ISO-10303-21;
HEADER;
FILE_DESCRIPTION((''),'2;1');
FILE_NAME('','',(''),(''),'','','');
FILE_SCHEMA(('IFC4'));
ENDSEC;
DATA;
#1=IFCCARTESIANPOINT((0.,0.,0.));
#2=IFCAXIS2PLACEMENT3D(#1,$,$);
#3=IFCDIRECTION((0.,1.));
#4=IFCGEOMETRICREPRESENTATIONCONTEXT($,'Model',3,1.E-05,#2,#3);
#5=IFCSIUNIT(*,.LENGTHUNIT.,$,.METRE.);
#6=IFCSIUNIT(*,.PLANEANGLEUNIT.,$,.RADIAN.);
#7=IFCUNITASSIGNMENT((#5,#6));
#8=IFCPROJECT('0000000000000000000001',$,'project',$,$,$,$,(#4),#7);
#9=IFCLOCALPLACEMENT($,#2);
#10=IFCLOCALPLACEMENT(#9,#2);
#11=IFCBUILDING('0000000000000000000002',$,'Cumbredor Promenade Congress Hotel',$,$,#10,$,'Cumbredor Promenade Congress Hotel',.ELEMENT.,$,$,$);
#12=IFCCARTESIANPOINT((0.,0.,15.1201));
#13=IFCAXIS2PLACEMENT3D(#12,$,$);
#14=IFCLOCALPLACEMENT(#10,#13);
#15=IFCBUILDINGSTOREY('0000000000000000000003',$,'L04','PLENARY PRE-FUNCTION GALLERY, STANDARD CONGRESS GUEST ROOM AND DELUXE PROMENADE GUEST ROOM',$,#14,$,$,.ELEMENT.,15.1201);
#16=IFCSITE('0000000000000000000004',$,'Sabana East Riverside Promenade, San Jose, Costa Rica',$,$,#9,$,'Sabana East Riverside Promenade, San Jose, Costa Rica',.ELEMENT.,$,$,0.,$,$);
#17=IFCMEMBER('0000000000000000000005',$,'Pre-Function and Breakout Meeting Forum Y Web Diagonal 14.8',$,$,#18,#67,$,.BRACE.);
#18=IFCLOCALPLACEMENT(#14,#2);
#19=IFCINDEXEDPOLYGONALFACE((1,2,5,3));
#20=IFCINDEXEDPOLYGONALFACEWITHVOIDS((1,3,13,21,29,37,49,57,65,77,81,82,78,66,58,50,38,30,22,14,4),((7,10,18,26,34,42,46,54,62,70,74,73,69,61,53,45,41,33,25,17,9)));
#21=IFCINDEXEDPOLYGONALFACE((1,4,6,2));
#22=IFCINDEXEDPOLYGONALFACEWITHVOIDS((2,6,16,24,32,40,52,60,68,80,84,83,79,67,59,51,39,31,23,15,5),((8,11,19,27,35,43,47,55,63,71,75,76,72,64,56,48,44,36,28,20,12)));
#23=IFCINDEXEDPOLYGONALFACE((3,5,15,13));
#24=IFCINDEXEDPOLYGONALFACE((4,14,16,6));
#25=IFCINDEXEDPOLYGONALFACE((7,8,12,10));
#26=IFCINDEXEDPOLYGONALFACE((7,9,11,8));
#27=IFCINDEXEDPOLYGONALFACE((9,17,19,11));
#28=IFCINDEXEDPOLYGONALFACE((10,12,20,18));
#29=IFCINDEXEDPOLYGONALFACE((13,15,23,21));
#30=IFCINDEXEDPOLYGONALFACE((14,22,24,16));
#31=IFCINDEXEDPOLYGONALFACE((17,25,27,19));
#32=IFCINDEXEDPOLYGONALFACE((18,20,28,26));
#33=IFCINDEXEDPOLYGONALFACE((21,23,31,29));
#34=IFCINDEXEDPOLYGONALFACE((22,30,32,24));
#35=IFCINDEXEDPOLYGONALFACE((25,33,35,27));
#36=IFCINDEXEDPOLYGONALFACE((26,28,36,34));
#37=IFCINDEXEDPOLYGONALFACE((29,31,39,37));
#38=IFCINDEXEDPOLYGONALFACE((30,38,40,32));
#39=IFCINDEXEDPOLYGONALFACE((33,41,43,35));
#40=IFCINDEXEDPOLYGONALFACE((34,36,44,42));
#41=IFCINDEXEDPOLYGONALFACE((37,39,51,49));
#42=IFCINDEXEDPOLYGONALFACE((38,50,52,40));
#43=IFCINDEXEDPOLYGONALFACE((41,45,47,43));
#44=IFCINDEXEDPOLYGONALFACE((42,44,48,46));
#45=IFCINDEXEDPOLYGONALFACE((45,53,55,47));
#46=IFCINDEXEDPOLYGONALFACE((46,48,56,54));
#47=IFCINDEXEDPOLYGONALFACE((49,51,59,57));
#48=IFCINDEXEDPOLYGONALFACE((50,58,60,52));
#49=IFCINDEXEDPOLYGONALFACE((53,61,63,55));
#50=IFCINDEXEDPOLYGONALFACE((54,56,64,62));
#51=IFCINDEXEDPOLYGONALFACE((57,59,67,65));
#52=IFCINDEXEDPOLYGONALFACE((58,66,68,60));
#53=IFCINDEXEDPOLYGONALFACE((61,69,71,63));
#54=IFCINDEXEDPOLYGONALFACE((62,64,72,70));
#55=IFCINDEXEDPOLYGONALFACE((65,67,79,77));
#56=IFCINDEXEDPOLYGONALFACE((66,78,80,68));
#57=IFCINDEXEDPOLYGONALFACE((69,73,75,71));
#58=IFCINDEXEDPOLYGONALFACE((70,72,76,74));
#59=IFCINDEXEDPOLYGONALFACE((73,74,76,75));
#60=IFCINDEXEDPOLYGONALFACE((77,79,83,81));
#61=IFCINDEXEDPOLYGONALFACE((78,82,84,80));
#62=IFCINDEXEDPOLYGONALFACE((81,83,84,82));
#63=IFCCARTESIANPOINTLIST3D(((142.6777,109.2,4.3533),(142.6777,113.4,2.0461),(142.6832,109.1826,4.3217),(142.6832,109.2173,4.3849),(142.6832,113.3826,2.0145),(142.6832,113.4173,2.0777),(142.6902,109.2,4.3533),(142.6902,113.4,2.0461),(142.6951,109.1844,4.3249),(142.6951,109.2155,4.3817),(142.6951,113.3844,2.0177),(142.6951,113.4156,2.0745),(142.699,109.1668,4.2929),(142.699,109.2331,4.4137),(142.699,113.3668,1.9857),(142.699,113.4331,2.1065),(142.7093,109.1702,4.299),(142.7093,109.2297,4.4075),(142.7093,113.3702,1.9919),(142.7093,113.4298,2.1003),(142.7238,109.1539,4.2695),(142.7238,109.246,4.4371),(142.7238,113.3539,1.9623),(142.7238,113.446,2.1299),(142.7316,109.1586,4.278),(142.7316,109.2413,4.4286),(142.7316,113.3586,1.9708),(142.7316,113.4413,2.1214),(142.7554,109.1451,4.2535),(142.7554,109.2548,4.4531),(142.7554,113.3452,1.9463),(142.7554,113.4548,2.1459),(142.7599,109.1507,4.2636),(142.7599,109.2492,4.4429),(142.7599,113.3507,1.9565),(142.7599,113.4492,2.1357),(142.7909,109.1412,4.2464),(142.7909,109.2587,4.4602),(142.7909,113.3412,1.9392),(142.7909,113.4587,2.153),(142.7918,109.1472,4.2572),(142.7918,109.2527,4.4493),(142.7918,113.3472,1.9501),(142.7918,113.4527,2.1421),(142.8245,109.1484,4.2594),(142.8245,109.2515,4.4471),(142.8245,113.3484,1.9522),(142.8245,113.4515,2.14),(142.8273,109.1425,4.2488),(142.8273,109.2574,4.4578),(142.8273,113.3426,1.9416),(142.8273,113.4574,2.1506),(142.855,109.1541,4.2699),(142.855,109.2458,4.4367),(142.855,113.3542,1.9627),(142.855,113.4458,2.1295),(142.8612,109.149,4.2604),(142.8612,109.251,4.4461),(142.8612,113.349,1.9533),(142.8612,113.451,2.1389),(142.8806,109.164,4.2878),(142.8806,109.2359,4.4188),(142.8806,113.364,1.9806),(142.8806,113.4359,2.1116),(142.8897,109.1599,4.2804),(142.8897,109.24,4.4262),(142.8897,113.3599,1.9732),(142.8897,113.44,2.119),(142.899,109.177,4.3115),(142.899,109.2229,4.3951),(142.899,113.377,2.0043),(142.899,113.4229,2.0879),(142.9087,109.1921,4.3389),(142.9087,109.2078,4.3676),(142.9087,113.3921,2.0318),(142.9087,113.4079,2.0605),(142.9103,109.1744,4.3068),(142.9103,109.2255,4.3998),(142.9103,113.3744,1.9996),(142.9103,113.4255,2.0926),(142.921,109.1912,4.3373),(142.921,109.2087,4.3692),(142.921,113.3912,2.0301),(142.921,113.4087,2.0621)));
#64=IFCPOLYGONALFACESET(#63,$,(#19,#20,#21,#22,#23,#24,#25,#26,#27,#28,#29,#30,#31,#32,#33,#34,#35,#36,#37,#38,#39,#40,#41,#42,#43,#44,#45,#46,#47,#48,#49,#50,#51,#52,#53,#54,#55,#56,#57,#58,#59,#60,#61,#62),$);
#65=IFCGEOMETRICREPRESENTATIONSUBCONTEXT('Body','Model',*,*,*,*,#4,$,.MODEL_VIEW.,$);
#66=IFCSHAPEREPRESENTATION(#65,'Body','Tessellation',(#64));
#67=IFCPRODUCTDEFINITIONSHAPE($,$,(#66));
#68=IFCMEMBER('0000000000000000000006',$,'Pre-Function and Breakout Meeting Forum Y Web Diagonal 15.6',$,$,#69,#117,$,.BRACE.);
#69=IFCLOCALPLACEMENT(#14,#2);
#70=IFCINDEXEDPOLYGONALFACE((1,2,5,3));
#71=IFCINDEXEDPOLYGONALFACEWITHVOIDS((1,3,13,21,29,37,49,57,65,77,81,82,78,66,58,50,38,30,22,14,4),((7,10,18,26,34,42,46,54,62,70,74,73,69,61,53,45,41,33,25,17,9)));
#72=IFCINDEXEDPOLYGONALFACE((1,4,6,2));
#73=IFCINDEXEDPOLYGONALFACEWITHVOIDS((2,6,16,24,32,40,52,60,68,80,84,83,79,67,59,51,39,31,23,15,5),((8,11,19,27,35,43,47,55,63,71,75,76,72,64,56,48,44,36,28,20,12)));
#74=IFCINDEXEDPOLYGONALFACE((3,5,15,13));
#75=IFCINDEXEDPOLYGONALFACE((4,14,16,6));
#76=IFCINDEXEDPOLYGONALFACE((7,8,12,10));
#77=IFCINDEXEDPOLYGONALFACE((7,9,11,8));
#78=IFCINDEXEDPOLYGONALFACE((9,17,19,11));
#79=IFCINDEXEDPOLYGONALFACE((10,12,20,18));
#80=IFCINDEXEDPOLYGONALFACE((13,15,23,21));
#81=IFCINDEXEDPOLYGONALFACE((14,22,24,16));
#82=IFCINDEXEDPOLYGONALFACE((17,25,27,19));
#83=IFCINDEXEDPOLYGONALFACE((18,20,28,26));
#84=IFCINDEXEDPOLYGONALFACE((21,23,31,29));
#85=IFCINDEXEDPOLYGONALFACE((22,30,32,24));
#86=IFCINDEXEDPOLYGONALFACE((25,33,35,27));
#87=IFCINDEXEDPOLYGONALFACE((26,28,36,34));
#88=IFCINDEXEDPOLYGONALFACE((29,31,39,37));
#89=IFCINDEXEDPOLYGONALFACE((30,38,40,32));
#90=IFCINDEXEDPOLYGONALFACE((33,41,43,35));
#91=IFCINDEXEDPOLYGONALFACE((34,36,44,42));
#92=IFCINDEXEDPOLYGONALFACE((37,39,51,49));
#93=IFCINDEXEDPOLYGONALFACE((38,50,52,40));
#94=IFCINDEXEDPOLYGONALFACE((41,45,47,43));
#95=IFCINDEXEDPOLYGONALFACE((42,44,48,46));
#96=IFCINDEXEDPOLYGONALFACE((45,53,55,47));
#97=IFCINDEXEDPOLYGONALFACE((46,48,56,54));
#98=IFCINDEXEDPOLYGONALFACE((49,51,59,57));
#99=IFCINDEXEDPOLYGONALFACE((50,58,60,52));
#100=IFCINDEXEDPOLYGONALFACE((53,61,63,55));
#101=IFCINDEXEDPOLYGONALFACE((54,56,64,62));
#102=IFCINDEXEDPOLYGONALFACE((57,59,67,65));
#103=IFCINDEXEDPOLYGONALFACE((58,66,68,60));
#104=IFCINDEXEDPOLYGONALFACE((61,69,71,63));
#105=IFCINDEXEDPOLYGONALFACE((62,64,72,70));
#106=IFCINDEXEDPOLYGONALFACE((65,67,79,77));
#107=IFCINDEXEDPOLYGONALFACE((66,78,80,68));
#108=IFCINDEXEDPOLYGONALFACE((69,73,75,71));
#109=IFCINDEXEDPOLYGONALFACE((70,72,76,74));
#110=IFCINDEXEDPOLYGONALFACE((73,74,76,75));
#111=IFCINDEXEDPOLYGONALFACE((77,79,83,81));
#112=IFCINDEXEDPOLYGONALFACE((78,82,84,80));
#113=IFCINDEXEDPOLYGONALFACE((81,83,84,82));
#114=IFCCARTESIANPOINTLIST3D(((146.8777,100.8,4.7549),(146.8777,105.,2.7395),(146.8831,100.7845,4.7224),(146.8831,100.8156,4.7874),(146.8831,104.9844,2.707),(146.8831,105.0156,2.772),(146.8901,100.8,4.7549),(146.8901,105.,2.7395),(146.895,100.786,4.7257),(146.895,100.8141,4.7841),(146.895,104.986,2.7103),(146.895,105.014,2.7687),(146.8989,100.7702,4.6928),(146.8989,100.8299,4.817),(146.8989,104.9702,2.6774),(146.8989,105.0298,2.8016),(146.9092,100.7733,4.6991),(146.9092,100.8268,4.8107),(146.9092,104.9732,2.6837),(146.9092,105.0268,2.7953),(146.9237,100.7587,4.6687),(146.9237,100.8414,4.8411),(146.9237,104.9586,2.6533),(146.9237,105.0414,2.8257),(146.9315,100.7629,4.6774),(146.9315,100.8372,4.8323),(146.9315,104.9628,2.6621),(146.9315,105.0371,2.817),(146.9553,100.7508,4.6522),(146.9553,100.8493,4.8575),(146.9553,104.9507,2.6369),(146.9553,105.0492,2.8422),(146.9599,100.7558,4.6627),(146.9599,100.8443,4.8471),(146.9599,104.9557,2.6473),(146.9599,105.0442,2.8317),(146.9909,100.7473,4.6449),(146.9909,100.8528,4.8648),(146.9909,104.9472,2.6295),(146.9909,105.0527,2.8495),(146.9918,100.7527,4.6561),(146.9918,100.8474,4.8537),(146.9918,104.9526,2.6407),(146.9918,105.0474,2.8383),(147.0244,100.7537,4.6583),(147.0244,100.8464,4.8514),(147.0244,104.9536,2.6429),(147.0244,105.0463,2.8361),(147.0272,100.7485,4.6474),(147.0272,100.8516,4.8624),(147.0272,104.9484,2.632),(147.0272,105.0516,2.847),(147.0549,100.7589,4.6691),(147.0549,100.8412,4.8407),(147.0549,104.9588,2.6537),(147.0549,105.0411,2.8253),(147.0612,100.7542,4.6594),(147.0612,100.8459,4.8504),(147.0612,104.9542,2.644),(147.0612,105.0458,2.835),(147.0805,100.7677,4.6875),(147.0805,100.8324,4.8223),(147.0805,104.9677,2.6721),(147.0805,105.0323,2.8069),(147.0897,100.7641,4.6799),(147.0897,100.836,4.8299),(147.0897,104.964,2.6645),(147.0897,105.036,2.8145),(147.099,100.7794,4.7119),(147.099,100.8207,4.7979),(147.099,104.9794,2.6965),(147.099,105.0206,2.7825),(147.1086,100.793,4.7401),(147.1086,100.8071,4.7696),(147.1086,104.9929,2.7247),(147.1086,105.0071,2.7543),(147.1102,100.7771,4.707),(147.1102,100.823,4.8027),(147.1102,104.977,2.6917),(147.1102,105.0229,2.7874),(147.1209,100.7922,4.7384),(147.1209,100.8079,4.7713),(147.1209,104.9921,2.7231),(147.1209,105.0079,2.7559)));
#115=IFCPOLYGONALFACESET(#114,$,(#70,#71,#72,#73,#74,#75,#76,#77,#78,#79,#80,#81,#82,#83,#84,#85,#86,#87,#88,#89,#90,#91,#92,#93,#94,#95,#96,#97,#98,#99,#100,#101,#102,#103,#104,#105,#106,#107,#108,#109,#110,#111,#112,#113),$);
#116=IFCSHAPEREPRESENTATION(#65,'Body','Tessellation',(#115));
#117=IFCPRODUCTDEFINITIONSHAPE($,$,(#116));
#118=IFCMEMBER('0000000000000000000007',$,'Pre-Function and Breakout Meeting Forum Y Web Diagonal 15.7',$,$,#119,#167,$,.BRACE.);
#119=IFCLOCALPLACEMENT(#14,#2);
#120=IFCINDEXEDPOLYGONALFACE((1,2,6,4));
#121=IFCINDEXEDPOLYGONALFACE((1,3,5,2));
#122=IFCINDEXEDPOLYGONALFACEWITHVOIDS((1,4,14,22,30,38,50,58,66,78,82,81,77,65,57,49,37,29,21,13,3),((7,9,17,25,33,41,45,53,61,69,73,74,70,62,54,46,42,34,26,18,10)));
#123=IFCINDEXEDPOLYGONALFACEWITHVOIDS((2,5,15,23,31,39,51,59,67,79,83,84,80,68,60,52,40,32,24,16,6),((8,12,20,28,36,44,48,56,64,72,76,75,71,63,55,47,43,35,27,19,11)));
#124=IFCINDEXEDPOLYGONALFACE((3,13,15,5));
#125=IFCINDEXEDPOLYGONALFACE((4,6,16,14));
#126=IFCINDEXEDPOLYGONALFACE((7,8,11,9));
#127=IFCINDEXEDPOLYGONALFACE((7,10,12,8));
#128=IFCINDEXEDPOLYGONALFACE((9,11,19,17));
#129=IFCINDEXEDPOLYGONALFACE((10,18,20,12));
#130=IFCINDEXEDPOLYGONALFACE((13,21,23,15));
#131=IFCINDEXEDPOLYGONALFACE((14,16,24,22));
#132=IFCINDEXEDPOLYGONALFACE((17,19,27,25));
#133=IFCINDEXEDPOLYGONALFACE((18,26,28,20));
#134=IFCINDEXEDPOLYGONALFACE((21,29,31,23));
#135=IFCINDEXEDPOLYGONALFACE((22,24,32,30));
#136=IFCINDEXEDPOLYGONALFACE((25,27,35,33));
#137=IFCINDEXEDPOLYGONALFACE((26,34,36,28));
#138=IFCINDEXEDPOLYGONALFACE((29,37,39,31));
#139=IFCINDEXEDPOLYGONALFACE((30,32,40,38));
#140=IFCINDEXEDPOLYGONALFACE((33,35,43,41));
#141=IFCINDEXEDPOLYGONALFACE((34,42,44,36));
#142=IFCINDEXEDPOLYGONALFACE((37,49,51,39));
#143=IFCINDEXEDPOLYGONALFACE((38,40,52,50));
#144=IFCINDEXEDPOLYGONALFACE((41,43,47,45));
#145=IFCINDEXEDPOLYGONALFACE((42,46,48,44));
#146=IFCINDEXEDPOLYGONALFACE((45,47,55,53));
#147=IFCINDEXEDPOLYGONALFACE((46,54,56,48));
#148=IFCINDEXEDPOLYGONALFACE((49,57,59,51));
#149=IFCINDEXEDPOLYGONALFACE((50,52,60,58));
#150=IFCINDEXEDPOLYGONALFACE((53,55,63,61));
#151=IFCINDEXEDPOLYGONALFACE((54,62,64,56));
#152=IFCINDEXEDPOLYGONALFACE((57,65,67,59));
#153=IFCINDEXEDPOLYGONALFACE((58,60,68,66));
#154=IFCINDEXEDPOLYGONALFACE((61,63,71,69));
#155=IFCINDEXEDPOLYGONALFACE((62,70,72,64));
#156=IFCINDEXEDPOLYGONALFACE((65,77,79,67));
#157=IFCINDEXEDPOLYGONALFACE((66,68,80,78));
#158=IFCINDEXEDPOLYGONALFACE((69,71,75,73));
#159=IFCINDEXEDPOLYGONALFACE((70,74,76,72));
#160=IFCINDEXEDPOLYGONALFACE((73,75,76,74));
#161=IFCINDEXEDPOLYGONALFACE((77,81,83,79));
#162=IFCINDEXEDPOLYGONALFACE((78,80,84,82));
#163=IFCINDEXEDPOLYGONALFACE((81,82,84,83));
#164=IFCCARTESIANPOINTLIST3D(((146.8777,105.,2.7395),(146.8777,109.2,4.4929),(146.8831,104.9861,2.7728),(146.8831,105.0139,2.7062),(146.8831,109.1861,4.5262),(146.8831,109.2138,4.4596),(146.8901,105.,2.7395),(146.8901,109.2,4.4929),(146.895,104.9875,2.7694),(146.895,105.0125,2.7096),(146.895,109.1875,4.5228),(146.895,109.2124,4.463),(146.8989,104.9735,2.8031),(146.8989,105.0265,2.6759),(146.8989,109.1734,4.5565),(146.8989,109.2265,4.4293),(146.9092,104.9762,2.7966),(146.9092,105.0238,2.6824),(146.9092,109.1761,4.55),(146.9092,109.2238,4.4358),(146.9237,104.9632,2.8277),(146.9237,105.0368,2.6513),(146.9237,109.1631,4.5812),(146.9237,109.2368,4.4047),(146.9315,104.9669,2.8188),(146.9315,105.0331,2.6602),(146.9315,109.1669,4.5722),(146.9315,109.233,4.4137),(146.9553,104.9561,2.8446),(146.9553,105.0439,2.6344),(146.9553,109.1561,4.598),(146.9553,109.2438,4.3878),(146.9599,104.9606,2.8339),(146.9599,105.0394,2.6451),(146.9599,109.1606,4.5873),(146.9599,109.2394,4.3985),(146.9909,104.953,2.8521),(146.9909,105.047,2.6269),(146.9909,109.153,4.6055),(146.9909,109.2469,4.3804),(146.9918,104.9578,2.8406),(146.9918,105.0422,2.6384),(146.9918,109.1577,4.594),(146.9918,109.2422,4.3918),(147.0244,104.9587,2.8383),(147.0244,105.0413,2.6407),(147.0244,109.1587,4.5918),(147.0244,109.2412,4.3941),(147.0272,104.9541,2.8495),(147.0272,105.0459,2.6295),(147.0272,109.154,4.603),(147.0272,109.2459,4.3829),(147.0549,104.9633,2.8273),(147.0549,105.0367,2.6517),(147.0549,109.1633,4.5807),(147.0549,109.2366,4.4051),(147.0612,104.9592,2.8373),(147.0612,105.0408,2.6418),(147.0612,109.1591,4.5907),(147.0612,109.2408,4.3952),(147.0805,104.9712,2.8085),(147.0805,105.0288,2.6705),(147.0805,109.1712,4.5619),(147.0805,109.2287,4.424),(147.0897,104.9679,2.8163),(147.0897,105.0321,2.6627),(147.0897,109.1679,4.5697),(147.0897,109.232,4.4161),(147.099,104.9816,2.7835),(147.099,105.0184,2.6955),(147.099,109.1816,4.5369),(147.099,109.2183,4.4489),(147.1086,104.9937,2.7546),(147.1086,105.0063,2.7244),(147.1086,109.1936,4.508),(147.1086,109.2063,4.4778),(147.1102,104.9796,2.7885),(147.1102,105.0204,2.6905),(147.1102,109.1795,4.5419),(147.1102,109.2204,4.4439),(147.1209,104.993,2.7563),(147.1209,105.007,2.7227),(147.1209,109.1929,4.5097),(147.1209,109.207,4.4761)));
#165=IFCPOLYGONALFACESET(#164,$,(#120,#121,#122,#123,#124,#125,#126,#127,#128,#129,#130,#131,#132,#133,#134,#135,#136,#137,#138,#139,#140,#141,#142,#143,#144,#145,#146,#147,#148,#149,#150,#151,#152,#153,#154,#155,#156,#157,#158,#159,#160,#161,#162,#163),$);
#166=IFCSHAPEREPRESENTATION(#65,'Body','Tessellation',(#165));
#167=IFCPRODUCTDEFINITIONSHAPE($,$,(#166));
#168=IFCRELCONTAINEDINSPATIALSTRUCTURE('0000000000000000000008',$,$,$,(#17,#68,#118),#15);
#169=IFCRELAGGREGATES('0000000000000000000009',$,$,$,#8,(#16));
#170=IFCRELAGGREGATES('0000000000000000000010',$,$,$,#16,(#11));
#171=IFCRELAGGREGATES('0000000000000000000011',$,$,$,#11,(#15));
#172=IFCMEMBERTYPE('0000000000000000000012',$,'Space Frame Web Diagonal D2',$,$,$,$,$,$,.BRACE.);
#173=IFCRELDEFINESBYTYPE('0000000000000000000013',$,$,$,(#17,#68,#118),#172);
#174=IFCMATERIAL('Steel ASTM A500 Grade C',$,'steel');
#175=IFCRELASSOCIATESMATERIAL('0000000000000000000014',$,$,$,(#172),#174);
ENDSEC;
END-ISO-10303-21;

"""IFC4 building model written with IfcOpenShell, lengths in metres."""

from ifc_helpers import new_model, si_unit, direction, frame, origin, origin_2d, place, context, subcontext, project, spatial, hollow_circle, extrude, material, material_profile, profile_set, type_object, element, save


model = new_model("IFC4")

# Units and contexts
model_context = context("Model", 3, precision=1e-05, world=origin(), true_north=direction((0.0, 1.0)))
body_context = subcontext(model_context, "Body", "Model", "MODEL_VIEW")
ifc_project = project(units=[si_unit("LENGTHUNIT", "METRE"), si_unit("PLANEANGLEUNIT", "RADIAN")], contexts=[model_context])

# Site, building, storey
site_placement = place(None, origin())
site = spatial("IfcSite", under=ifc_project, at=site_placement, Name="Sabana East Riverside Promenade, San Jose, Costa Rica", LongName="Sabana East Riverside Promenade, San Jose, Costa Rica", CompositionType="ELEMENT", RefElevation=0.0)
building_placement = place(site_placement, origin())
building = spatial("IfcBuilding", under=site, at=building_placement, Name="Cumbredor Promenade Congress Hotel", LongName="Cumbredor Promenade Congress Hotel", CompositionType="ELEMENT")
storey_placement = place(building_placement, frame((0.0, 0.0, 15.1201)))
storey = spatial("IfcBuildingStorey", under=building, at=storey_placement, Name="L04", Description="PLENARY PRE-FUNCTION GALLERY, STANDARD CONGRESS GUEST ROOM AND DELUXE PROMENADE GUEST ROOM", CompositionType="ELEMENT", Elevation=15.1201)

# Members
ifc_material_1 = material(Name="Steel ASTM A500 Grade C", Category="steel")
ifc_material_profile_1 = material_profile(ifc_material_1, hollow_circle(Radius=0.1223, WallThickness=0.0125, at=origin_2d()), Name="CHS 244.5x12.5")
ifc_profile_set_1 = profile_set([ifc_material_profile_1], Name="Steel ASTM A500 Grade C")
member_type_1 = type_object("IfcMemberType", Name="Space Frame Web Diagonal D2", PredefinedType="BRACE", material=ifc_profile_set_1)
member_1_placement = place(storey_placement, frame((142.8, 109.2, 4.3533), z_axis=(0.0, 0.876466, -0.481463), x_axis=(-1.0, 0.0, 0.0)))
element("IfcMember", 1, at=member_1_placement, inside=storey, type_object=member_type_1, Name="Pre-Function and Breakout Meeting Forum Y Web Diagonal 14.8", PredefinedType="BRACE", context=body_context, shape_type="SweptSolid", body=[
    extrude(hollow_circle(Radius=0.1223, WallThickness=0.0125, at=origin_2d()), origin(), (0.0, 0.0, 1.0), 4.792),
])
member_2_placement = place(storey_placement, frame((147.0, 100.8, 4.7549), z_axis=(0.0, 0.901573, -0.432627), x_axis=(-1.0, 0.0, 0.0)))
element("IfcMember", 2, at=member_2_placement, inside=storey, type_object=member_type_1, Name="Pre-Function and Breakout Meeting Forum Y Web Diagonal 15.6", PredefinedType="BRACE", context=body_context, shape_type="SweptSolid", body=[
    extrude(hollow_circle(Radius=0.1223, WallThickness=0.0125, at=origin_2d()), origin(), (0.0, 0.0, 1.0), 4.6584),
])
member_3_placement = place(storey_placement, frame((147.0, 105.0, 2.7395), z_axis=(0.0, 0.922808, 0.385259), x_axis=(-1.0, 0.0, 0.0)))
element("IfcMember", 3, at=member_3_placement, inside=storey, type_object=member_type_1, Name="Pre-Function and Breakout Meeting Forum Y Web Diagonal 15.7", PredefinedType="BRACE", context=body_context, shape_type="SweptSolid", body=[
    extrude(hollow_circle(Radius=0.1223, WallThickness=0.0125, at=origin_2d()), origin(), (0.0, 0.0, 1.0), 4.5513),
])

save(model, "model.ifc")
